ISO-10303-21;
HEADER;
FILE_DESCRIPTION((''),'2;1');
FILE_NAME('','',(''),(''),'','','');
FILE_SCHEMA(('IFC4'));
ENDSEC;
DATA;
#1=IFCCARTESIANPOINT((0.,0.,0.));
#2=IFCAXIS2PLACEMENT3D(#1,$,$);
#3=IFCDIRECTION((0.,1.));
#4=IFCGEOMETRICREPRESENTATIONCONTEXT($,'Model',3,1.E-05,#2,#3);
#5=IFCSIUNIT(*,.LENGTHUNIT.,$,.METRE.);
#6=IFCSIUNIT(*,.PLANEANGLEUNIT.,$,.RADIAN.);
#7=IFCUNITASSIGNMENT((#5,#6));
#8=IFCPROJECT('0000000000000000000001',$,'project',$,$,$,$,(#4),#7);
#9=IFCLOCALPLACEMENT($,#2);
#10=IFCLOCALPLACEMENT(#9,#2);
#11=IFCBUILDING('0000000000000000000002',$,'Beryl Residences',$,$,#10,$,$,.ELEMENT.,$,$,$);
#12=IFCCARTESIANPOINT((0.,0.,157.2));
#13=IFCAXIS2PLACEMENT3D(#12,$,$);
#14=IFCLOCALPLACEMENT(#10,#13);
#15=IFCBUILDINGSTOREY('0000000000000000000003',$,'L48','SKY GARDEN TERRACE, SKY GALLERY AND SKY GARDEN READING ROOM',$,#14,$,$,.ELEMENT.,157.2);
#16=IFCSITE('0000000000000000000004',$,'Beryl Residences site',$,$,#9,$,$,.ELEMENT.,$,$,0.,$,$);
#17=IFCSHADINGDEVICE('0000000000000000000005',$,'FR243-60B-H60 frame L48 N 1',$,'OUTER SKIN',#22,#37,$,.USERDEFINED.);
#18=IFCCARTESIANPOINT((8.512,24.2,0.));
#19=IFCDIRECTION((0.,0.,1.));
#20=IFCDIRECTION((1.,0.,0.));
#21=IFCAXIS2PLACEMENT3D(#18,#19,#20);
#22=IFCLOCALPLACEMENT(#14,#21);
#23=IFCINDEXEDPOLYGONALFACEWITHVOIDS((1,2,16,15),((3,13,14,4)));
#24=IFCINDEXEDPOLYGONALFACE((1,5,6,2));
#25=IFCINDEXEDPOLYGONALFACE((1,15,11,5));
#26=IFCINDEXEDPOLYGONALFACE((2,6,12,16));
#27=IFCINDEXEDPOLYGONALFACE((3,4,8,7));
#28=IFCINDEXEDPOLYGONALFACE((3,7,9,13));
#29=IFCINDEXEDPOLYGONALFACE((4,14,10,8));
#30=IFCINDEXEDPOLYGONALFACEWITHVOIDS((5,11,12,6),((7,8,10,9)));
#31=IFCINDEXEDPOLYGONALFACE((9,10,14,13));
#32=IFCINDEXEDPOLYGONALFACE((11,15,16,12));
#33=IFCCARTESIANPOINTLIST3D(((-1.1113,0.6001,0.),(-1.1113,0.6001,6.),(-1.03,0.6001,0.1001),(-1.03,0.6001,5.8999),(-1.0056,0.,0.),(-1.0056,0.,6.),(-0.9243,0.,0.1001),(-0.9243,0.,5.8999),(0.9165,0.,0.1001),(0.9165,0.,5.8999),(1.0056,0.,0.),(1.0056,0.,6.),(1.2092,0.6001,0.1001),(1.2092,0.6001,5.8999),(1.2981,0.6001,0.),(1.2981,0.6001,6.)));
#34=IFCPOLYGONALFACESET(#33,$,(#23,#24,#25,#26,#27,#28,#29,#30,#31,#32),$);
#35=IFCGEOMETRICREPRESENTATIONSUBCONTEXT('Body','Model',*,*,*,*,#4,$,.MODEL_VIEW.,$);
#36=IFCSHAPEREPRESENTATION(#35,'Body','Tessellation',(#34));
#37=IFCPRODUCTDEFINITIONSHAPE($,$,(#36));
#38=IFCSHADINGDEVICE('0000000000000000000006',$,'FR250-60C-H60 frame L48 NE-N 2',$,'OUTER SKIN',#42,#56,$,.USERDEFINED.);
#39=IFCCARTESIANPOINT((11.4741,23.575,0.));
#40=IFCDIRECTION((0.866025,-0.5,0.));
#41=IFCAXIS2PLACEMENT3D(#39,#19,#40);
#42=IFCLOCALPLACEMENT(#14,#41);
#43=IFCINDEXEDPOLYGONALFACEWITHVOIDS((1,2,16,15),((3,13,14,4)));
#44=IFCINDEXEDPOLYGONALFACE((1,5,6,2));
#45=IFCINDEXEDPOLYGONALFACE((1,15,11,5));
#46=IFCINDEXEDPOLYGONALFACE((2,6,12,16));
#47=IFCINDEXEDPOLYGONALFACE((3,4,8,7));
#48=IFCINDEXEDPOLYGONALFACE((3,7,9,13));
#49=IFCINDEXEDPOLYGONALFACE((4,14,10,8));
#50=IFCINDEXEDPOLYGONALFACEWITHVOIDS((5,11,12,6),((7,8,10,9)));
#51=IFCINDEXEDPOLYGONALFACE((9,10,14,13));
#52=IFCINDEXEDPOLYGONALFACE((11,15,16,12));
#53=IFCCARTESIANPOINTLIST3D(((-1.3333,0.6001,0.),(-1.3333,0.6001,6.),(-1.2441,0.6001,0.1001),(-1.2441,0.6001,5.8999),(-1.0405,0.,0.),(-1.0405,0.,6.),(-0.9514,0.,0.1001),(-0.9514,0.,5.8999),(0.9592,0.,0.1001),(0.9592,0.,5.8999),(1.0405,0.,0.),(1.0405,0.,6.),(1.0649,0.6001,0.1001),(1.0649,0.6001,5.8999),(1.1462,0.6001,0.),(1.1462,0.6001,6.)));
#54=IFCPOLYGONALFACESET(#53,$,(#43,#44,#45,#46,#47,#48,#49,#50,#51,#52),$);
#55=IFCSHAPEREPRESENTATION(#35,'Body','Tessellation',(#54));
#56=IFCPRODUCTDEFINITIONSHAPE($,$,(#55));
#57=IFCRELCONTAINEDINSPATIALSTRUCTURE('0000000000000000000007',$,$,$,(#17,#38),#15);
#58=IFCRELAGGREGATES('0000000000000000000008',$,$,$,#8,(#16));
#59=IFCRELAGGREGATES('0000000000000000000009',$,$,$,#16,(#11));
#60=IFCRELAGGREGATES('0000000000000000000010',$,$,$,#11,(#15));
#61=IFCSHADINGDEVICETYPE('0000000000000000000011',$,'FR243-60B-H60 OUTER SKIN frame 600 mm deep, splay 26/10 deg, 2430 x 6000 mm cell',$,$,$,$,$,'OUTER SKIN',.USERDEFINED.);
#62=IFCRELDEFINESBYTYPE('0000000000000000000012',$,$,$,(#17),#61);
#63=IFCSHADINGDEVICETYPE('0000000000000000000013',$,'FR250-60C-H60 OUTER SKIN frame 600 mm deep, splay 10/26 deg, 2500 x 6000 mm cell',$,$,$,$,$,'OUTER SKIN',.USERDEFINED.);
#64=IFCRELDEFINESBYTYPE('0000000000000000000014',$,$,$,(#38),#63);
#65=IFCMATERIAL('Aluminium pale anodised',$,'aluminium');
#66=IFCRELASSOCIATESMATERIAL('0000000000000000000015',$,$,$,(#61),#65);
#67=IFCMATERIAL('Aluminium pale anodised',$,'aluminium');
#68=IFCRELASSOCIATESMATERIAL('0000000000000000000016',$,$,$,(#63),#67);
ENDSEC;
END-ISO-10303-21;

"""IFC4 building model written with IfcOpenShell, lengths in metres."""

from ifc_helpers import new_model, entity, si_unit, direction, frame, origin, place, context, subcontext, project, spatial, source, transform, mapped, material, type_object, type_shapes, element, save


model = new_model("IFC4")

# Units and contexts
model_context = context("Model", 3, precision=1e-05, world=origin(), true_north=direction((0.0, 1.0)))
body_context = subcontext(model_context, "Body", "Model", "MODEL_VIEW")
ifc_project = project(units=[si_unit("LENGTHUNIT", "METRE"), si_unit("PLANEANGLEUNIT", "RADIAN")], contexts=[model_context])

# Site, building, storey
site_placement = place(None, origin())
site = spatial("IfcSite", under=ifc_project, at=site_placement, Name="Beryl Residences site", CompositionType="ELEMENT", RefElevation=0.0)
building_placement = place(site_placement, origin())
building = spatial("IfcBuilding", under=site, at=building_placement, Name="Beryl Residences", CompositionType="ELEMENT")
storey_placement = place(building_placement, frame((0.0, 0.0, 157.2)))
storey = spatial("IfcBuildingStorey", under=building, at=storey_placement, Name="L48", Description="SKY GARDEN TERRACE, SKY GALLERY AND SKY GARDEN READING ROOM", CompositionType="ELEMENT", Elevation=157.2)

# Shading devices
ifc_material_1 = material(Name="Aluminium pale anodised", Category="aluminium")
shading_device_type_1 = type_object("IfcShadingDeviceType", Name="FR243-60B-H60 OUTER SKIN frame 600 mm deep, splay 26/10 deg, 2430 x 6000 mm cell", ElementType="OUTER SKIN", PredefinedType="USERDEFINED", material=ifc_material_1)
cartesian_point_1 = entity("IfcCartesianPoint", [-1.0056, 0.0])
cartesian_point_2 = entity("IfcCartesianPoint", [-0.9165, 0.1001])
cartesian_point_3 = entity("IfcCartesianPoint", [-1.2981, 0.0])
cartesian_point_4 = entity("IfcCartesianPoint", [-1.2092, 0.1001])
shared_shape_1 = source(origin(), body_context, "Body", "SweptSolid", [
    entity("IfcExtrudedAreaSolidTapered", entity("IfcArbitraryProfileDefWithVoids", "AREA", None, entity("IfcPolyline", [cartesian_point_1, entity("IfcCartesianPoint", [1.0056, 0.0]), entity("IfcCartesianPoint", [1.0056, 6.0]), entity("IfcCartesianPoint", [-1.0056, 6.0]), cartesian_point_1]), [entity("IfcPolyline", [cartesian_point_2, entity("IfcCartesianPoint", [0.9243, 0.1001]), entity("IfcCartesianPoint", [0.9243, 5.8999]), entity("IfcCartesianPoint", [-0.9165, 5.8999]), cartesian_point_2])]), entity("IfcAxis2Placement3D", entity("IfcCartesianPoint", [0.0, 0.0, 0.0]), entity("IfcDirection", [0.0, 1.0, 0.0]), entity("IfcDirection", [-1.0, 0.0, 0.0])), entity("IfcDirection", [0.0, 0.0, 1.0]), 0.6001, entity("IfcArbitraryProfileDefWithVoids", "AREA", None, entity("IfcPolyline", [cartesian_point_3, entity("IfcCartesianPoint", [1.1113, 0.0]), entity("IfcCartesianPoint", [1.1113, 6.0]), entity("IfcCartesianPoint", [-1.2981, 6.0]), cartesian_point_3]), [entity("IfcPolyline", [cartesian_point_4, entity("IfcCartesianPoint", [1.03, 0.1001]), entity("IfcCartesianPoint", [1.03, 5.8999]), entity("IfcCartesianPoint", [-1.2092, 5.8999]), cartesian_point_4])])),
])
type_shapes(shading_device_type_1, [shared_shape_1])
shading_device_1_placement = place(storey_placement, frame((8.512, 24.2, 0.0), z_axis=(0.0, 0.0, 1.0), x_axis=(1.0, 0.0, 0.0)))
element("IfcShadingDevice", 1, at=shading_device_1_placement, inside=storey, type_object=shading_device_type_1, Name="FR243-60B-H60 frame L48 N 1", ObjectType="OUTER SKIN", PredefinedType="USERDEFINED", context=body_context, shape_type="MappedRepresentation", body=[
    mapped(shared_shape_1, transform((0.0, 0.0, 0.0))),
])
ifc_material_2 = material(Name="Aluminium pale anodised", Category="aluminium")
shading_device_type_2 = type_object("IfcShadingDeviceType", Name="FR250-60C-H60 OUTER SKIN frame 600 mm deep, splay 10/26 deg, 2500 x 6000 mm cell", ElementType="OUTER SKIN", PredefinedType="USERDEFINED", material=ifc_material_2)
cartesian_point_5 = entity("IfcCartesianPoint", [-1.0405, 0.0])
cartesian_point_6 = entity("IfcCartesianPoint", [-0.9592, 0.1001])
cartesian_point_7 = entity("IfcCartesianPoint", [-1.1462, 0.0])
cartesian_point_8 = entity("IfcCartesianPoint", [-1.0649, 0.1001])
shared_shape_2 = source(origin(), body_context, "Body", "SweptSolid", [
    entity("IfcExtrudedAreaSolidTapered", entity("IfcArbitraryProfileDefWithVoids", "AREA", None, entity("IfcPolyline", [cartesian_point_5, entity("IfcCartesianPoint", [1.0405, 0.0]), entity("IfcCartesianPoint", [1.0405, 6.0]), entity("IfcCartesianPoint", [-1.0405, 6.0]), cartesian_point_5]), [entity("IfcPolyline", [cartesian_point_6, entity("IfcCartesianPoint", [0.9514, 0.1001]), entity("IfcCartesianPoint", [0.9514, 5.8999]), entity("IfcCartesianPoint", [-0.9592, 5.8999]), cartesian_point_6])]), entity("IfcAxis2Placement3D", entity("IfcCartesianPoint", [0.0, 0.0, 0.0]), entity("IfcDirection", [0.0, 1.0, 0.0]), entity("IfcDirection", [-1.0, 0.0, 0.0])), entity("IfcDirection", [0.0, 0.0, 1.0]), 0.6001, entity("IfcArbitraryProfileDefWithVoids", "AREA", None, entity("IfcPolyline", [cartesian_point_7, entity("IfcCartesianPoint", [1.3333, 0.0]), entity("IfcCartesianPoint", [1.3333, 6.0]), entity("IfcCartesianPoint", [-1.1462, 6.0]), cartesian_point_7]), [entity("IfcPolyline", [cartesian_point_8, entity("IfcCartesianPoint", [1.2441, 0.1001]), entity("IfcCartesianPoint", [1.2441, 5.8999]), entity("IfcCartesianPoint", [-1.0649, 5.8999]), cartesian_point_8])])),
])
type_shapes(shading_device_type_2, [shared_shape_2])
shading_device_2_placement = place(storey_placement, frame((11.4741, 23.575, 0.0), z_axis=(0.0, 0.0, 1.0), x_axis=(0.866025, -0.5, 0.0)))
element("IfcShadingDevice", 2, at=shading_device_2_placement, inside=storey, type_object=shading_device_type_2, Name="FR250-60C-H60 frame L48 NE-N 2", ObjectType="OUTER SKIN", PredefinedType="USERDEFINED", context=body_context, shape_type="MappedRepresentation", body=[
    mapped(shared_shape_2, transform((0.0, 0.0, 0.0))),
])

save(model, "model.ifc")
